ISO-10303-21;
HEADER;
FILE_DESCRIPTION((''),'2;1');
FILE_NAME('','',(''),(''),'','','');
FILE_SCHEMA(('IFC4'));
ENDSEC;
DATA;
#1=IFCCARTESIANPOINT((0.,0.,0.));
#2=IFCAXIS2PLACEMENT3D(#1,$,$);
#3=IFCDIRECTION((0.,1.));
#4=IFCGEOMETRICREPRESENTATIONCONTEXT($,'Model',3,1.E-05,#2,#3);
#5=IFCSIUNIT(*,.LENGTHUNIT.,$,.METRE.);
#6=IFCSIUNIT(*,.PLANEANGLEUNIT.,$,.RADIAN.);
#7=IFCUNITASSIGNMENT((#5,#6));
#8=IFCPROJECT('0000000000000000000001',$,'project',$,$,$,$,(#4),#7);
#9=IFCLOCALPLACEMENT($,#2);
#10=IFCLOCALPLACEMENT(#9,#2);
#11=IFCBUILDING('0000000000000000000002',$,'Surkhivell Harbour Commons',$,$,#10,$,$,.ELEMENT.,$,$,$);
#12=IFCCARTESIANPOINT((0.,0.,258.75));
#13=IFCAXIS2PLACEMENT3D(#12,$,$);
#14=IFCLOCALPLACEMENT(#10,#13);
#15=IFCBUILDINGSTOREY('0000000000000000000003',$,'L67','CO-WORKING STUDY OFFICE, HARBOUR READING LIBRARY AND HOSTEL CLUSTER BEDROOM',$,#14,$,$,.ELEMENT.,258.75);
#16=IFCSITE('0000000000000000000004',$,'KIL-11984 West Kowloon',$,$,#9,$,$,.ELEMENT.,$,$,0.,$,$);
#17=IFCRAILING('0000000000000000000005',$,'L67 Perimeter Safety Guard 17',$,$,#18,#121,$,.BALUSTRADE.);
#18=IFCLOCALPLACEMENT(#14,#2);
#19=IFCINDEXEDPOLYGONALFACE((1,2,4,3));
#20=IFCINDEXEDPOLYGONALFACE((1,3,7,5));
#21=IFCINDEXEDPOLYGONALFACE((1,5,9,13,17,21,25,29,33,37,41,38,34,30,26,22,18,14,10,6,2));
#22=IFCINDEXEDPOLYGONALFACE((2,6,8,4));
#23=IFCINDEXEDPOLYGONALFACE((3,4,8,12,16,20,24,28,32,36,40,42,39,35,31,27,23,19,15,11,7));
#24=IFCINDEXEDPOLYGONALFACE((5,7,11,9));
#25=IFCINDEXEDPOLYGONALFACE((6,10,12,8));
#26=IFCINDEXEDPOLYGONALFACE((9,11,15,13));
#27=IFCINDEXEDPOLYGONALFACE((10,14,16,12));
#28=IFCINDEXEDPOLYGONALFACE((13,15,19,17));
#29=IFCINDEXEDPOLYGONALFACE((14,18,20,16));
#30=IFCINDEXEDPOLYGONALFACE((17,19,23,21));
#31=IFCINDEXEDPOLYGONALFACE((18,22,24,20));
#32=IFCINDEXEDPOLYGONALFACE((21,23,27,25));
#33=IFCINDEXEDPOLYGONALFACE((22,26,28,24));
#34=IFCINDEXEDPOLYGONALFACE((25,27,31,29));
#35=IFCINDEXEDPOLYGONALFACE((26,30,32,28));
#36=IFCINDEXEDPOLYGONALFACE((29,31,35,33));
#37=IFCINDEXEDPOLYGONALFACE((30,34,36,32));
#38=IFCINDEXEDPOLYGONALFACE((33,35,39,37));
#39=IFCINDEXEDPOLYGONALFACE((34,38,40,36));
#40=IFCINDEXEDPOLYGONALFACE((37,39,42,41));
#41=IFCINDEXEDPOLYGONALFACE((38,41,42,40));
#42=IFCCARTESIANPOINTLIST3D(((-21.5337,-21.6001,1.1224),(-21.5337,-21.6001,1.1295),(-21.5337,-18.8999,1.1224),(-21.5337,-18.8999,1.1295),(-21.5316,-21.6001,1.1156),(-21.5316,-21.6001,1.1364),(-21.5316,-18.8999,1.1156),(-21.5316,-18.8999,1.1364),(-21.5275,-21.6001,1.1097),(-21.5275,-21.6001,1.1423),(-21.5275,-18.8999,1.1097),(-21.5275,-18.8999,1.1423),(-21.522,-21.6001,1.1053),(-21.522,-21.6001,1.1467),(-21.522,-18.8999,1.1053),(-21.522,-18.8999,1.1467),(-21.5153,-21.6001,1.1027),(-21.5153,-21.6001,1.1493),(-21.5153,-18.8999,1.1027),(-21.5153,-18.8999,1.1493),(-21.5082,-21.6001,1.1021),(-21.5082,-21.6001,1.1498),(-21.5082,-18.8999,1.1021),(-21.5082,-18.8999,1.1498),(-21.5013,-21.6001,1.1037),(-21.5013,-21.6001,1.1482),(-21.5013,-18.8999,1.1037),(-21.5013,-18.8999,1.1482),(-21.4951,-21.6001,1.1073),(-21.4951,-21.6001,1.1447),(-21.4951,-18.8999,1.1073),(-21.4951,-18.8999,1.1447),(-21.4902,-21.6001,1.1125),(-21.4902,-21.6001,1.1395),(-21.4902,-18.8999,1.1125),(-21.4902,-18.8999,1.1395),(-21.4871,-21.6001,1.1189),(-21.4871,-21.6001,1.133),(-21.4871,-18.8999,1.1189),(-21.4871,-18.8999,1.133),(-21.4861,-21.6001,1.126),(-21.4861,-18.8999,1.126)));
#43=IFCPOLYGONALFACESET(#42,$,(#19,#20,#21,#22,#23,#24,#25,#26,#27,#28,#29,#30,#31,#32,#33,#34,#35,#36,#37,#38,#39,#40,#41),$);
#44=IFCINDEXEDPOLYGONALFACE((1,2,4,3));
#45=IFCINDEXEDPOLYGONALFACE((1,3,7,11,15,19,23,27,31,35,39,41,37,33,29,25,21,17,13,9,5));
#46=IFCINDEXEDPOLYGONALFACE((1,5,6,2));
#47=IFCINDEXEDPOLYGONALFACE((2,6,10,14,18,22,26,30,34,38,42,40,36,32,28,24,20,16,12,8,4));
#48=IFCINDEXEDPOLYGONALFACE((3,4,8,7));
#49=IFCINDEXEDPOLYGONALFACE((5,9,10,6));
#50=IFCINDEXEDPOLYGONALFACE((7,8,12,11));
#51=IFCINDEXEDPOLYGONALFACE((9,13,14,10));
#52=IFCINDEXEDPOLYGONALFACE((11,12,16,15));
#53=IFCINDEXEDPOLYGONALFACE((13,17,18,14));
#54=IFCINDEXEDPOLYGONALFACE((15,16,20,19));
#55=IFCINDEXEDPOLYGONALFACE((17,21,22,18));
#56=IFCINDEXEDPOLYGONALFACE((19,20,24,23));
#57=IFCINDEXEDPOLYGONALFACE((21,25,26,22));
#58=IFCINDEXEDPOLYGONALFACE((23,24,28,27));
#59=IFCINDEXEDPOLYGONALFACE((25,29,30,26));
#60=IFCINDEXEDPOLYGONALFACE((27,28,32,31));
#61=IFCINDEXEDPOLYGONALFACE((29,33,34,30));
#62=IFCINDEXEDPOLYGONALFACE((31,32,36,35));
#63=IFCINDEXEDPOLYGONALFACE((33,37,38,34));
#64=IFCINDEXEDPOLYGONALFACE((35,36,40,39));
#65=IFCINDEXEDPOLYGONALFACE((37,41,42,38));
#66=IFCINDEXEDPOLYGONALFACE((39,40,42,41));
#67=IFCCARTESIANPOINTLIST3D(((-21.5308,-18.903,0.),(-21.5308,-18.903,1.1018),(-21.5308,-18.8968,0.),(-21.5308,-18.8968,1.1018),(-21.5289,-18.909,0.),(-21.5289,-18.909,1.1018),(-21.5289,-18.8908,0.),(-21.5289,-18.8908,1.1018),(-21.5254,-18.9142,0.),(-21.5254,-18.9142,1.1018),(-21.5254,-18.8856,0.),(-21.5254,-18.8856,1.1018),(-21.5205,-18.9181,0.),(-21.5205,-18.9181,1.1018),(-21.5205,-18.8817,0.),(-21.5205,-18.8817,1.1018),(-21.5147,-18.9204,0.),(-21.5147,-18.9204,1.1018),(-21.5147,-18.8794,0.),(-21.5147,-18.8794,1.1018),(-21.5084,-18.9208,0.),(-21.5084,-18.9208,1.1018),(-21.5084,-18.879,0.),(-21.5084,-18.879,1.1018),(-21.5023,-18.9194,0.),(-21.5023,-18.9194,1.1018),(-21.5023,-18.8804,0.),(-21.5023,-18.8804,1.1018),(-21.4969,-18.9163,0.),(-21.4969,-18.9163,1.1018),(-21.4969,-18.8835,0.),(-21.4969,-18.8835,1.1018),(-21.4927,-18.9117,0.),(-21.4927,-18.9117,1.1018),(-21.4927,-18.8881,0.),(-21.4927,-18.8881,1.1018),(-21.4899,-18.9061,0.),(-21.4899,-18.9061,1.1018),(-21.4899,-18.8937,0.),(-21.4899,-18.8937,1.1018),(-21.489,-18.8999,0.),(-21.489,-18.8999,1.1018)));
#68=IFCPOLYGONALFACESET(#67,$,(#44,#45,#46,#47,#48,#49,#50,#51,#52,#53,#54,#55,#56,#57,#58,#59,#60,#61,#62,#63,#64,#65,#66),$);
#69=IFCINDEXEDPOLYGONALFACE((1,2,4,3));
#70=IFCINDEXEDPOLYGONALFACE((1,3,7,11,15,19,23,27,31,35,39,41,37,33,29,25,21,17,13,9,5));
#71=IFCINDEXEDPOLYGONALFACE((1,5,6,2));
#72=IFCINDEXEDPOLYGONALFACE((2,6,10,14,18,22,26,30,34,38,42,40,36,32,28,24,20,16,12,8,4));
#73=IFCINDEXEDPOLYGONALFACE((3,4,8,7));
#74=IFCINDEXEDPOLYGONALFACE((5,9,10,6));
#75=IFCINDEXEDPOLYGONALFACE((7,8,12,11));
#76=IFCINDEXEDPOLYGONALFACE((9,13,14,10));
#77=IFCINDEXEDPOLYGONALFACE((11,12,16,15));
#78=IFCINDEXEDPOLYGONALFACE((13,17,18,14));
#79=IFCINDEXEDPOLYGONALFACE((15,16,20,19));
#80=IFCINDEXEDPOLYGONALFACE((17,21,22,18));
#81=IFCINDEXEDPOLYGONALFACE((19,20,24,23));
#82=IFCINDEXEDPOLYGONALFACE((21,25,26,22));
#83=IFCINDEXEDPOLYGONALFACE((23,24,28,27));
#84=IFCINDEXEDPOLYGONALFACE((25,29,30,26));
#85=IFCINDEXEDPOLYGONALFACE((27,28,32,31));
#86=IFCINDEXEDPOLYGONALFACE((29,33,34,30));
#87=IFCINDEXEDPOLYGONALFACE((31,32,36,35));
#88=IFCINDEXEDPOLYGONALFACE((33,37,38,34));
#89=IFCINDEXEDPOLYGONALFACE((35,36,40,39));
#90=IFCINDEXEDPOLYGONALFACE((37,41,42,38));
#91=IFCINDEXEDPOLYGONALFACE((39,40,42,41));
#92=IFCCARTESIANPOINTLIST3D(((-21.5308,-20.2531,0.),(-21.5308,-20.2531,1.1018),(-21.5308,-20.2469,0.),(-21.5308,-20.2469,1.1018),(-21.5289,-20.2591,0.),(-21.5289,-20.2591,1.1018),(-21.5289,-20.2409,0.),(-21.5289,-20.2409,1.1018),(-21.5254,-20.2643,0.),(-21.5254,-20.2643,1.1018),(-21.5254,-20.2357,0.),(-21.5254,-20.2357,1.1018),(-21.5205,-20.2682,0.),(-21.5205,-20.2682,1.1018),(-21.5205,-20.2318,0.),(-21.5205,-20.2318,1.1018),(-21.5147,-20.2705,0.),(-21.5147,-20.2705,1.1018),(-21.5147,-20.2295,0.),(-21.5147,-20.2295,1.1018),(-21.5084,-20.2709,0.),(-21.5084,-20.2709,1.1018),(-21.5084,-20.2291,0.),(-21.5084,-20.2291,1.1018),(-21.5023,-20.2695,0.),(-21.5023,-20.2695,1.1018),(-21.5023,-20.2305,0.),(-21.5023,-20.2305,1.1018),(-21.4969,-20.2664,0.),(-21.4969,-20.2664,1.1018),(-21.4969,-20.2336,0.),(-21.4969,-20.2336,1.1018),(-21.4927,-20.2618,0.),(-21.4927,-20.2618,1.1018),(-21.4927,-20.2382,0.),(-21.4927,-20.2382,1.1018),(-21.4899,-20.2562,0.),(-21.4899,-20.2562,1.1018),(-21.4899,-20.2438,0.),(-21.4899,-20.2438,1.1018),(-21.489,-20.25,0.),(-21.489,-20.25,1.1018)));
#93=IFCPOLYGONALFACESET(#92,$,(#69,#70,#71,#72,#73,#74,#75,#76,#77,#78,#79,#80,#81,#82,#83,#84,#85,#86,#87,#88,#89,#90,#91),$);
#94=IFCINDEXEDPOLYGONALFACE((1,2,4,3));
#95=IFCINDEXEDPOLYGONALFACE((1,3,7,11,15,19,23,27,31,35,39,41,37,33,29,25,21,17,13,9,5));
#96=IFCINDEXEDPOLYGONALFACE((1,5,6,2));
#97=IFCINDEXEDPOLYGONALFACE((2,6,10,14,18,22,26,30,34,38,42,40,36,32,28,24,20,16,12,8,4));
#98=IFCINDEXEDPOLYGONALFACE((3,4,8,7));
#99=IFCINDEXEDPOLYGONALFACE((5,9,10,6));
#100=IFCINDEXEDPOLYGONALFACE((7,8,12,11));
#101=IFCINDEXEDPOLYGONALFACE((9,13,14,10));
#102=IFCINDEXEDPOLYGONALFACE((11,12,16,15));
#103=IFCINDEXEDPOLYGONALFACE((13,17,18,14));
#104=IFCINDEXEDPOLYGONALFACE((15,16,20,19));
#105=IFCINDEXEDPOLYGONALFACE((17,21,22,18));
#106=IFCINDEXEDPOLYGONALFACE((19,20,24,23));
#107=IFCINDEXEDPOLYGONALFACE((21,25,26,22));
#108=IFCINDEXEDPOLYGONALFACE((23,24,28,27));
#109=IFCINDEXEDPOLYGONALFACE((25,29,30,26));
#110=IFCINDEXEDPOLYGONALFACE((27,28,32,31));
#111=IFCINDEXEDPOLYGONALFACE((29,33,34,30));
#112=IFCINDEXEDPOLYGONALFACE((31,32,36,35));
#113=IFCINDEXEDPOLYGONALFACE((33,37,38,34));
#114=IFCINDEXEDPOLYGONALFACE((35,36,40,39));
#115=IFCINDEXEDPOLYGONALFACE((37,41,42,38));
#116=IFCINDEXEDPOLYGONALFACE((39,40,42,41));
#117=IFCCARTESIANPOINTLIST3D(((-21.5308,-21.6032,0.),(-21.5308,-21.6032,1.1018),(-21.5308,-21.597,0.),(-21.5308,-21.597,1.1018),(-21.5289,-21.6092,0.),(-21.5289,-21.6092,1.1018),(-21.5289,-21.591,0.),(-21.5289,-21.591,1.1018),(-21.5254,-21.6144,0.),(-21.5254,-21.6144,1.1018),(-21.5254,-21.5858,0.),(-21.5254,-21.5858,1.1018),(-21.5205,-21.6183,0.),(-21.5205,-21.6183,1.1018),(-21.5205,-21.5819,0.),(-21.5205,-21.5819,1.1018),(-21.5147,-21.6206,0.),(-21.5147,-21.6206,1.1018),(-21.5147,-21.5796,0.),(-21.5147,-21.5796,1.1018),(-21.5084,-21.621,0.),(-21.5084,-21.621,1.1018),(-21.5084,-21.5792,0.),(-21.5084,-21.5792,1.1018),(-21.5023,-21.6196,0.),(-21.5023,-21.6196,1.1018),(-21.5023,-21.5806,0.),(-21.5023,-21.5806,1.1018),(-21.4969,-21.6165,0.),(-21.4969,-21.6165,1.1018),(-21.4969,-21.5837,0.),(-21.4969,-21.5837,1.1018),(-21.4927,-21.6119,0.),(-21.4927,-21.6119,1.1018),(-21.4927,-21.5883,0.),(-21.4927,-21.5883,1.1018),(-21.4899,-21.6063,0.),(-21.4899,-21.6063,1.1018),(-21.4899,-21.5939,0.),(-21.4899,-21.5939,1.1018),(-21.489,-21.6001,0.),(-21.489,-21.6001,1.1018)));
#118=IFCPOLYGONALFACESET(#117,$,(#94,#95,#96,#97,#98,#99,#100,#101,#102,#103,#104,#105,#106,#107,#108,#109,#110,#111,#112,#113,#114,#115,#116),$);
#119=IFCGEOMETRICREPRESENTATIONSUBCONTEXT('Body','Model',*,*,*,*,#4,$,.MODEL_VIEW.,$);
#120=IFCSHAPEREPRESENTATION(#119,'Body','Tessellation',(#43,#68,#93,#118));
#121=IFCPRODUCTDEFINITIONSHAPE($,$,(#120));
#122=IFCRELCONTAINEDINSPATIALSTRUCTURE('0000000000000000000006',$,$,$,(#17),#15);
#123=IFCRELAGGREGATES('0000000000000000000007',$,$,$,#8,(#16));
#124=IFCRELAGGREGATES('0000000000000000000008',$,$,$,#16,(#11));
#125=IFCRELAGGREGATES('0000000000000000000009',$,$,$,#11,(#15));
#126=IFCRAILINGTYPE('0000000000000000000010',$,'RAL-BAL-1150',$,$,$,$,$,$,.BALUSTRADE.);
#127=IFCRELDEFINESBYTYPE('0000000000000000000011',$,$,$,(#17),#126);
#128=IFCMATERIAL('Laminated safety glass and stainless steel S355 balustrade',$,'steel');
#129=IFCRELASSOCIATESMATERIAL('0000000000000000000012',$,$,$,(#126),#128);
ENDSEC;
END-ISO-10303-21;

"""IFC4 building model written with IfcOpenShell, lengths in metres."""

from ifc_helpers import new_model, si_unit, direction, frame, origin, origin_2d, place, context, subcontext, project, spatial, circle, extrude, material, type_object, element, save


model = new_model("IFC4")

# Units and contexts
model_context = context("Model", 3, precision=1e-05, world=origin(), true_north=direction((0.0, 1.0)))
body_context = subcontext(model_context, "Body", "Model", "MODEL_VIEW")
ifc_project = project(units=[si_unit("LENGTHUNIT", "METRE"), si_unit("PLANEANGLEUNIT", "RADIAN")], contexts=[model_context])

# Site, building, storey
site_placement = place(None, origin())
site = spatial("IfcSite", under=ifc_project, at=site_placement, Name="KIL-11984 West Kowloon", CompositionType="ELEMENT", RefElevation=0.0)
building_placement = place(site_placement, origin())
building = spatial("IfcBuilding", under=site, at=building_placement, Name="Surkhivell Harbour Commons", CompositionType="ELEMENT")
storey_placement = place(building_placement, frame((0.0, 0.0, 258.75)))
storey = spatial("IfcBuildingStorey", under=building, at=storey_placement, Name="L67", Description="CO-WORKING STUDY OFFICE, HARBOUR READING LIBRARY AND HOSTEL CLUSTER BEDROOM", CompositionType="ELEMENT", Elevation=258.75)

# Railing
ifc_material_1 = material(Name="Laminated safety glass and stainless steel S355 balustrade", Category="steel")
railing_type = type_object("IfcRailingType", Name="RAL-BAL-1150", PredefinedType="BALUSTRADE", material=ifc_material_1)
railing_1_placement = place(storey_placement, frame((-21.51, -18.8999, 0.0)))
element("IfcRailing", 1, at=railing_1_placement, inside=storey, type_object=railing_type, Name="L67 Perimeter Safety Guard 17", PredefinedType="BALUSTRADE", context=body_context, shape_type="SweptSolid", body=[
    extrude(circle(Radius=0.0239, at=origin_2d()), frame((0.0, 0.0, 1.126), z_axis=(0.0, -1.0, 0.0), x_axis=(1.0, 0.0, 0.0)), (0.0, 0.0, 1.0), 2.7002),
    extrude(circle(Radius=0.021, at=origin_2d()), origin(), (0.0, 0.0, 1.0), 1.1018),
    extrude(circle(Radius=0.021, at=origin_2d()), frame((0.0, -1.3501, 0.0)), (0.0, 0.0, 1.0), 1.1018),
    extrude(circle(Radius=0.021, at=origin_2d()), frame((0.0, -2.7002, 0.0)), (0.0, 0.0, 1.0), 1.1018),
])

save(model, "model.ifc")
